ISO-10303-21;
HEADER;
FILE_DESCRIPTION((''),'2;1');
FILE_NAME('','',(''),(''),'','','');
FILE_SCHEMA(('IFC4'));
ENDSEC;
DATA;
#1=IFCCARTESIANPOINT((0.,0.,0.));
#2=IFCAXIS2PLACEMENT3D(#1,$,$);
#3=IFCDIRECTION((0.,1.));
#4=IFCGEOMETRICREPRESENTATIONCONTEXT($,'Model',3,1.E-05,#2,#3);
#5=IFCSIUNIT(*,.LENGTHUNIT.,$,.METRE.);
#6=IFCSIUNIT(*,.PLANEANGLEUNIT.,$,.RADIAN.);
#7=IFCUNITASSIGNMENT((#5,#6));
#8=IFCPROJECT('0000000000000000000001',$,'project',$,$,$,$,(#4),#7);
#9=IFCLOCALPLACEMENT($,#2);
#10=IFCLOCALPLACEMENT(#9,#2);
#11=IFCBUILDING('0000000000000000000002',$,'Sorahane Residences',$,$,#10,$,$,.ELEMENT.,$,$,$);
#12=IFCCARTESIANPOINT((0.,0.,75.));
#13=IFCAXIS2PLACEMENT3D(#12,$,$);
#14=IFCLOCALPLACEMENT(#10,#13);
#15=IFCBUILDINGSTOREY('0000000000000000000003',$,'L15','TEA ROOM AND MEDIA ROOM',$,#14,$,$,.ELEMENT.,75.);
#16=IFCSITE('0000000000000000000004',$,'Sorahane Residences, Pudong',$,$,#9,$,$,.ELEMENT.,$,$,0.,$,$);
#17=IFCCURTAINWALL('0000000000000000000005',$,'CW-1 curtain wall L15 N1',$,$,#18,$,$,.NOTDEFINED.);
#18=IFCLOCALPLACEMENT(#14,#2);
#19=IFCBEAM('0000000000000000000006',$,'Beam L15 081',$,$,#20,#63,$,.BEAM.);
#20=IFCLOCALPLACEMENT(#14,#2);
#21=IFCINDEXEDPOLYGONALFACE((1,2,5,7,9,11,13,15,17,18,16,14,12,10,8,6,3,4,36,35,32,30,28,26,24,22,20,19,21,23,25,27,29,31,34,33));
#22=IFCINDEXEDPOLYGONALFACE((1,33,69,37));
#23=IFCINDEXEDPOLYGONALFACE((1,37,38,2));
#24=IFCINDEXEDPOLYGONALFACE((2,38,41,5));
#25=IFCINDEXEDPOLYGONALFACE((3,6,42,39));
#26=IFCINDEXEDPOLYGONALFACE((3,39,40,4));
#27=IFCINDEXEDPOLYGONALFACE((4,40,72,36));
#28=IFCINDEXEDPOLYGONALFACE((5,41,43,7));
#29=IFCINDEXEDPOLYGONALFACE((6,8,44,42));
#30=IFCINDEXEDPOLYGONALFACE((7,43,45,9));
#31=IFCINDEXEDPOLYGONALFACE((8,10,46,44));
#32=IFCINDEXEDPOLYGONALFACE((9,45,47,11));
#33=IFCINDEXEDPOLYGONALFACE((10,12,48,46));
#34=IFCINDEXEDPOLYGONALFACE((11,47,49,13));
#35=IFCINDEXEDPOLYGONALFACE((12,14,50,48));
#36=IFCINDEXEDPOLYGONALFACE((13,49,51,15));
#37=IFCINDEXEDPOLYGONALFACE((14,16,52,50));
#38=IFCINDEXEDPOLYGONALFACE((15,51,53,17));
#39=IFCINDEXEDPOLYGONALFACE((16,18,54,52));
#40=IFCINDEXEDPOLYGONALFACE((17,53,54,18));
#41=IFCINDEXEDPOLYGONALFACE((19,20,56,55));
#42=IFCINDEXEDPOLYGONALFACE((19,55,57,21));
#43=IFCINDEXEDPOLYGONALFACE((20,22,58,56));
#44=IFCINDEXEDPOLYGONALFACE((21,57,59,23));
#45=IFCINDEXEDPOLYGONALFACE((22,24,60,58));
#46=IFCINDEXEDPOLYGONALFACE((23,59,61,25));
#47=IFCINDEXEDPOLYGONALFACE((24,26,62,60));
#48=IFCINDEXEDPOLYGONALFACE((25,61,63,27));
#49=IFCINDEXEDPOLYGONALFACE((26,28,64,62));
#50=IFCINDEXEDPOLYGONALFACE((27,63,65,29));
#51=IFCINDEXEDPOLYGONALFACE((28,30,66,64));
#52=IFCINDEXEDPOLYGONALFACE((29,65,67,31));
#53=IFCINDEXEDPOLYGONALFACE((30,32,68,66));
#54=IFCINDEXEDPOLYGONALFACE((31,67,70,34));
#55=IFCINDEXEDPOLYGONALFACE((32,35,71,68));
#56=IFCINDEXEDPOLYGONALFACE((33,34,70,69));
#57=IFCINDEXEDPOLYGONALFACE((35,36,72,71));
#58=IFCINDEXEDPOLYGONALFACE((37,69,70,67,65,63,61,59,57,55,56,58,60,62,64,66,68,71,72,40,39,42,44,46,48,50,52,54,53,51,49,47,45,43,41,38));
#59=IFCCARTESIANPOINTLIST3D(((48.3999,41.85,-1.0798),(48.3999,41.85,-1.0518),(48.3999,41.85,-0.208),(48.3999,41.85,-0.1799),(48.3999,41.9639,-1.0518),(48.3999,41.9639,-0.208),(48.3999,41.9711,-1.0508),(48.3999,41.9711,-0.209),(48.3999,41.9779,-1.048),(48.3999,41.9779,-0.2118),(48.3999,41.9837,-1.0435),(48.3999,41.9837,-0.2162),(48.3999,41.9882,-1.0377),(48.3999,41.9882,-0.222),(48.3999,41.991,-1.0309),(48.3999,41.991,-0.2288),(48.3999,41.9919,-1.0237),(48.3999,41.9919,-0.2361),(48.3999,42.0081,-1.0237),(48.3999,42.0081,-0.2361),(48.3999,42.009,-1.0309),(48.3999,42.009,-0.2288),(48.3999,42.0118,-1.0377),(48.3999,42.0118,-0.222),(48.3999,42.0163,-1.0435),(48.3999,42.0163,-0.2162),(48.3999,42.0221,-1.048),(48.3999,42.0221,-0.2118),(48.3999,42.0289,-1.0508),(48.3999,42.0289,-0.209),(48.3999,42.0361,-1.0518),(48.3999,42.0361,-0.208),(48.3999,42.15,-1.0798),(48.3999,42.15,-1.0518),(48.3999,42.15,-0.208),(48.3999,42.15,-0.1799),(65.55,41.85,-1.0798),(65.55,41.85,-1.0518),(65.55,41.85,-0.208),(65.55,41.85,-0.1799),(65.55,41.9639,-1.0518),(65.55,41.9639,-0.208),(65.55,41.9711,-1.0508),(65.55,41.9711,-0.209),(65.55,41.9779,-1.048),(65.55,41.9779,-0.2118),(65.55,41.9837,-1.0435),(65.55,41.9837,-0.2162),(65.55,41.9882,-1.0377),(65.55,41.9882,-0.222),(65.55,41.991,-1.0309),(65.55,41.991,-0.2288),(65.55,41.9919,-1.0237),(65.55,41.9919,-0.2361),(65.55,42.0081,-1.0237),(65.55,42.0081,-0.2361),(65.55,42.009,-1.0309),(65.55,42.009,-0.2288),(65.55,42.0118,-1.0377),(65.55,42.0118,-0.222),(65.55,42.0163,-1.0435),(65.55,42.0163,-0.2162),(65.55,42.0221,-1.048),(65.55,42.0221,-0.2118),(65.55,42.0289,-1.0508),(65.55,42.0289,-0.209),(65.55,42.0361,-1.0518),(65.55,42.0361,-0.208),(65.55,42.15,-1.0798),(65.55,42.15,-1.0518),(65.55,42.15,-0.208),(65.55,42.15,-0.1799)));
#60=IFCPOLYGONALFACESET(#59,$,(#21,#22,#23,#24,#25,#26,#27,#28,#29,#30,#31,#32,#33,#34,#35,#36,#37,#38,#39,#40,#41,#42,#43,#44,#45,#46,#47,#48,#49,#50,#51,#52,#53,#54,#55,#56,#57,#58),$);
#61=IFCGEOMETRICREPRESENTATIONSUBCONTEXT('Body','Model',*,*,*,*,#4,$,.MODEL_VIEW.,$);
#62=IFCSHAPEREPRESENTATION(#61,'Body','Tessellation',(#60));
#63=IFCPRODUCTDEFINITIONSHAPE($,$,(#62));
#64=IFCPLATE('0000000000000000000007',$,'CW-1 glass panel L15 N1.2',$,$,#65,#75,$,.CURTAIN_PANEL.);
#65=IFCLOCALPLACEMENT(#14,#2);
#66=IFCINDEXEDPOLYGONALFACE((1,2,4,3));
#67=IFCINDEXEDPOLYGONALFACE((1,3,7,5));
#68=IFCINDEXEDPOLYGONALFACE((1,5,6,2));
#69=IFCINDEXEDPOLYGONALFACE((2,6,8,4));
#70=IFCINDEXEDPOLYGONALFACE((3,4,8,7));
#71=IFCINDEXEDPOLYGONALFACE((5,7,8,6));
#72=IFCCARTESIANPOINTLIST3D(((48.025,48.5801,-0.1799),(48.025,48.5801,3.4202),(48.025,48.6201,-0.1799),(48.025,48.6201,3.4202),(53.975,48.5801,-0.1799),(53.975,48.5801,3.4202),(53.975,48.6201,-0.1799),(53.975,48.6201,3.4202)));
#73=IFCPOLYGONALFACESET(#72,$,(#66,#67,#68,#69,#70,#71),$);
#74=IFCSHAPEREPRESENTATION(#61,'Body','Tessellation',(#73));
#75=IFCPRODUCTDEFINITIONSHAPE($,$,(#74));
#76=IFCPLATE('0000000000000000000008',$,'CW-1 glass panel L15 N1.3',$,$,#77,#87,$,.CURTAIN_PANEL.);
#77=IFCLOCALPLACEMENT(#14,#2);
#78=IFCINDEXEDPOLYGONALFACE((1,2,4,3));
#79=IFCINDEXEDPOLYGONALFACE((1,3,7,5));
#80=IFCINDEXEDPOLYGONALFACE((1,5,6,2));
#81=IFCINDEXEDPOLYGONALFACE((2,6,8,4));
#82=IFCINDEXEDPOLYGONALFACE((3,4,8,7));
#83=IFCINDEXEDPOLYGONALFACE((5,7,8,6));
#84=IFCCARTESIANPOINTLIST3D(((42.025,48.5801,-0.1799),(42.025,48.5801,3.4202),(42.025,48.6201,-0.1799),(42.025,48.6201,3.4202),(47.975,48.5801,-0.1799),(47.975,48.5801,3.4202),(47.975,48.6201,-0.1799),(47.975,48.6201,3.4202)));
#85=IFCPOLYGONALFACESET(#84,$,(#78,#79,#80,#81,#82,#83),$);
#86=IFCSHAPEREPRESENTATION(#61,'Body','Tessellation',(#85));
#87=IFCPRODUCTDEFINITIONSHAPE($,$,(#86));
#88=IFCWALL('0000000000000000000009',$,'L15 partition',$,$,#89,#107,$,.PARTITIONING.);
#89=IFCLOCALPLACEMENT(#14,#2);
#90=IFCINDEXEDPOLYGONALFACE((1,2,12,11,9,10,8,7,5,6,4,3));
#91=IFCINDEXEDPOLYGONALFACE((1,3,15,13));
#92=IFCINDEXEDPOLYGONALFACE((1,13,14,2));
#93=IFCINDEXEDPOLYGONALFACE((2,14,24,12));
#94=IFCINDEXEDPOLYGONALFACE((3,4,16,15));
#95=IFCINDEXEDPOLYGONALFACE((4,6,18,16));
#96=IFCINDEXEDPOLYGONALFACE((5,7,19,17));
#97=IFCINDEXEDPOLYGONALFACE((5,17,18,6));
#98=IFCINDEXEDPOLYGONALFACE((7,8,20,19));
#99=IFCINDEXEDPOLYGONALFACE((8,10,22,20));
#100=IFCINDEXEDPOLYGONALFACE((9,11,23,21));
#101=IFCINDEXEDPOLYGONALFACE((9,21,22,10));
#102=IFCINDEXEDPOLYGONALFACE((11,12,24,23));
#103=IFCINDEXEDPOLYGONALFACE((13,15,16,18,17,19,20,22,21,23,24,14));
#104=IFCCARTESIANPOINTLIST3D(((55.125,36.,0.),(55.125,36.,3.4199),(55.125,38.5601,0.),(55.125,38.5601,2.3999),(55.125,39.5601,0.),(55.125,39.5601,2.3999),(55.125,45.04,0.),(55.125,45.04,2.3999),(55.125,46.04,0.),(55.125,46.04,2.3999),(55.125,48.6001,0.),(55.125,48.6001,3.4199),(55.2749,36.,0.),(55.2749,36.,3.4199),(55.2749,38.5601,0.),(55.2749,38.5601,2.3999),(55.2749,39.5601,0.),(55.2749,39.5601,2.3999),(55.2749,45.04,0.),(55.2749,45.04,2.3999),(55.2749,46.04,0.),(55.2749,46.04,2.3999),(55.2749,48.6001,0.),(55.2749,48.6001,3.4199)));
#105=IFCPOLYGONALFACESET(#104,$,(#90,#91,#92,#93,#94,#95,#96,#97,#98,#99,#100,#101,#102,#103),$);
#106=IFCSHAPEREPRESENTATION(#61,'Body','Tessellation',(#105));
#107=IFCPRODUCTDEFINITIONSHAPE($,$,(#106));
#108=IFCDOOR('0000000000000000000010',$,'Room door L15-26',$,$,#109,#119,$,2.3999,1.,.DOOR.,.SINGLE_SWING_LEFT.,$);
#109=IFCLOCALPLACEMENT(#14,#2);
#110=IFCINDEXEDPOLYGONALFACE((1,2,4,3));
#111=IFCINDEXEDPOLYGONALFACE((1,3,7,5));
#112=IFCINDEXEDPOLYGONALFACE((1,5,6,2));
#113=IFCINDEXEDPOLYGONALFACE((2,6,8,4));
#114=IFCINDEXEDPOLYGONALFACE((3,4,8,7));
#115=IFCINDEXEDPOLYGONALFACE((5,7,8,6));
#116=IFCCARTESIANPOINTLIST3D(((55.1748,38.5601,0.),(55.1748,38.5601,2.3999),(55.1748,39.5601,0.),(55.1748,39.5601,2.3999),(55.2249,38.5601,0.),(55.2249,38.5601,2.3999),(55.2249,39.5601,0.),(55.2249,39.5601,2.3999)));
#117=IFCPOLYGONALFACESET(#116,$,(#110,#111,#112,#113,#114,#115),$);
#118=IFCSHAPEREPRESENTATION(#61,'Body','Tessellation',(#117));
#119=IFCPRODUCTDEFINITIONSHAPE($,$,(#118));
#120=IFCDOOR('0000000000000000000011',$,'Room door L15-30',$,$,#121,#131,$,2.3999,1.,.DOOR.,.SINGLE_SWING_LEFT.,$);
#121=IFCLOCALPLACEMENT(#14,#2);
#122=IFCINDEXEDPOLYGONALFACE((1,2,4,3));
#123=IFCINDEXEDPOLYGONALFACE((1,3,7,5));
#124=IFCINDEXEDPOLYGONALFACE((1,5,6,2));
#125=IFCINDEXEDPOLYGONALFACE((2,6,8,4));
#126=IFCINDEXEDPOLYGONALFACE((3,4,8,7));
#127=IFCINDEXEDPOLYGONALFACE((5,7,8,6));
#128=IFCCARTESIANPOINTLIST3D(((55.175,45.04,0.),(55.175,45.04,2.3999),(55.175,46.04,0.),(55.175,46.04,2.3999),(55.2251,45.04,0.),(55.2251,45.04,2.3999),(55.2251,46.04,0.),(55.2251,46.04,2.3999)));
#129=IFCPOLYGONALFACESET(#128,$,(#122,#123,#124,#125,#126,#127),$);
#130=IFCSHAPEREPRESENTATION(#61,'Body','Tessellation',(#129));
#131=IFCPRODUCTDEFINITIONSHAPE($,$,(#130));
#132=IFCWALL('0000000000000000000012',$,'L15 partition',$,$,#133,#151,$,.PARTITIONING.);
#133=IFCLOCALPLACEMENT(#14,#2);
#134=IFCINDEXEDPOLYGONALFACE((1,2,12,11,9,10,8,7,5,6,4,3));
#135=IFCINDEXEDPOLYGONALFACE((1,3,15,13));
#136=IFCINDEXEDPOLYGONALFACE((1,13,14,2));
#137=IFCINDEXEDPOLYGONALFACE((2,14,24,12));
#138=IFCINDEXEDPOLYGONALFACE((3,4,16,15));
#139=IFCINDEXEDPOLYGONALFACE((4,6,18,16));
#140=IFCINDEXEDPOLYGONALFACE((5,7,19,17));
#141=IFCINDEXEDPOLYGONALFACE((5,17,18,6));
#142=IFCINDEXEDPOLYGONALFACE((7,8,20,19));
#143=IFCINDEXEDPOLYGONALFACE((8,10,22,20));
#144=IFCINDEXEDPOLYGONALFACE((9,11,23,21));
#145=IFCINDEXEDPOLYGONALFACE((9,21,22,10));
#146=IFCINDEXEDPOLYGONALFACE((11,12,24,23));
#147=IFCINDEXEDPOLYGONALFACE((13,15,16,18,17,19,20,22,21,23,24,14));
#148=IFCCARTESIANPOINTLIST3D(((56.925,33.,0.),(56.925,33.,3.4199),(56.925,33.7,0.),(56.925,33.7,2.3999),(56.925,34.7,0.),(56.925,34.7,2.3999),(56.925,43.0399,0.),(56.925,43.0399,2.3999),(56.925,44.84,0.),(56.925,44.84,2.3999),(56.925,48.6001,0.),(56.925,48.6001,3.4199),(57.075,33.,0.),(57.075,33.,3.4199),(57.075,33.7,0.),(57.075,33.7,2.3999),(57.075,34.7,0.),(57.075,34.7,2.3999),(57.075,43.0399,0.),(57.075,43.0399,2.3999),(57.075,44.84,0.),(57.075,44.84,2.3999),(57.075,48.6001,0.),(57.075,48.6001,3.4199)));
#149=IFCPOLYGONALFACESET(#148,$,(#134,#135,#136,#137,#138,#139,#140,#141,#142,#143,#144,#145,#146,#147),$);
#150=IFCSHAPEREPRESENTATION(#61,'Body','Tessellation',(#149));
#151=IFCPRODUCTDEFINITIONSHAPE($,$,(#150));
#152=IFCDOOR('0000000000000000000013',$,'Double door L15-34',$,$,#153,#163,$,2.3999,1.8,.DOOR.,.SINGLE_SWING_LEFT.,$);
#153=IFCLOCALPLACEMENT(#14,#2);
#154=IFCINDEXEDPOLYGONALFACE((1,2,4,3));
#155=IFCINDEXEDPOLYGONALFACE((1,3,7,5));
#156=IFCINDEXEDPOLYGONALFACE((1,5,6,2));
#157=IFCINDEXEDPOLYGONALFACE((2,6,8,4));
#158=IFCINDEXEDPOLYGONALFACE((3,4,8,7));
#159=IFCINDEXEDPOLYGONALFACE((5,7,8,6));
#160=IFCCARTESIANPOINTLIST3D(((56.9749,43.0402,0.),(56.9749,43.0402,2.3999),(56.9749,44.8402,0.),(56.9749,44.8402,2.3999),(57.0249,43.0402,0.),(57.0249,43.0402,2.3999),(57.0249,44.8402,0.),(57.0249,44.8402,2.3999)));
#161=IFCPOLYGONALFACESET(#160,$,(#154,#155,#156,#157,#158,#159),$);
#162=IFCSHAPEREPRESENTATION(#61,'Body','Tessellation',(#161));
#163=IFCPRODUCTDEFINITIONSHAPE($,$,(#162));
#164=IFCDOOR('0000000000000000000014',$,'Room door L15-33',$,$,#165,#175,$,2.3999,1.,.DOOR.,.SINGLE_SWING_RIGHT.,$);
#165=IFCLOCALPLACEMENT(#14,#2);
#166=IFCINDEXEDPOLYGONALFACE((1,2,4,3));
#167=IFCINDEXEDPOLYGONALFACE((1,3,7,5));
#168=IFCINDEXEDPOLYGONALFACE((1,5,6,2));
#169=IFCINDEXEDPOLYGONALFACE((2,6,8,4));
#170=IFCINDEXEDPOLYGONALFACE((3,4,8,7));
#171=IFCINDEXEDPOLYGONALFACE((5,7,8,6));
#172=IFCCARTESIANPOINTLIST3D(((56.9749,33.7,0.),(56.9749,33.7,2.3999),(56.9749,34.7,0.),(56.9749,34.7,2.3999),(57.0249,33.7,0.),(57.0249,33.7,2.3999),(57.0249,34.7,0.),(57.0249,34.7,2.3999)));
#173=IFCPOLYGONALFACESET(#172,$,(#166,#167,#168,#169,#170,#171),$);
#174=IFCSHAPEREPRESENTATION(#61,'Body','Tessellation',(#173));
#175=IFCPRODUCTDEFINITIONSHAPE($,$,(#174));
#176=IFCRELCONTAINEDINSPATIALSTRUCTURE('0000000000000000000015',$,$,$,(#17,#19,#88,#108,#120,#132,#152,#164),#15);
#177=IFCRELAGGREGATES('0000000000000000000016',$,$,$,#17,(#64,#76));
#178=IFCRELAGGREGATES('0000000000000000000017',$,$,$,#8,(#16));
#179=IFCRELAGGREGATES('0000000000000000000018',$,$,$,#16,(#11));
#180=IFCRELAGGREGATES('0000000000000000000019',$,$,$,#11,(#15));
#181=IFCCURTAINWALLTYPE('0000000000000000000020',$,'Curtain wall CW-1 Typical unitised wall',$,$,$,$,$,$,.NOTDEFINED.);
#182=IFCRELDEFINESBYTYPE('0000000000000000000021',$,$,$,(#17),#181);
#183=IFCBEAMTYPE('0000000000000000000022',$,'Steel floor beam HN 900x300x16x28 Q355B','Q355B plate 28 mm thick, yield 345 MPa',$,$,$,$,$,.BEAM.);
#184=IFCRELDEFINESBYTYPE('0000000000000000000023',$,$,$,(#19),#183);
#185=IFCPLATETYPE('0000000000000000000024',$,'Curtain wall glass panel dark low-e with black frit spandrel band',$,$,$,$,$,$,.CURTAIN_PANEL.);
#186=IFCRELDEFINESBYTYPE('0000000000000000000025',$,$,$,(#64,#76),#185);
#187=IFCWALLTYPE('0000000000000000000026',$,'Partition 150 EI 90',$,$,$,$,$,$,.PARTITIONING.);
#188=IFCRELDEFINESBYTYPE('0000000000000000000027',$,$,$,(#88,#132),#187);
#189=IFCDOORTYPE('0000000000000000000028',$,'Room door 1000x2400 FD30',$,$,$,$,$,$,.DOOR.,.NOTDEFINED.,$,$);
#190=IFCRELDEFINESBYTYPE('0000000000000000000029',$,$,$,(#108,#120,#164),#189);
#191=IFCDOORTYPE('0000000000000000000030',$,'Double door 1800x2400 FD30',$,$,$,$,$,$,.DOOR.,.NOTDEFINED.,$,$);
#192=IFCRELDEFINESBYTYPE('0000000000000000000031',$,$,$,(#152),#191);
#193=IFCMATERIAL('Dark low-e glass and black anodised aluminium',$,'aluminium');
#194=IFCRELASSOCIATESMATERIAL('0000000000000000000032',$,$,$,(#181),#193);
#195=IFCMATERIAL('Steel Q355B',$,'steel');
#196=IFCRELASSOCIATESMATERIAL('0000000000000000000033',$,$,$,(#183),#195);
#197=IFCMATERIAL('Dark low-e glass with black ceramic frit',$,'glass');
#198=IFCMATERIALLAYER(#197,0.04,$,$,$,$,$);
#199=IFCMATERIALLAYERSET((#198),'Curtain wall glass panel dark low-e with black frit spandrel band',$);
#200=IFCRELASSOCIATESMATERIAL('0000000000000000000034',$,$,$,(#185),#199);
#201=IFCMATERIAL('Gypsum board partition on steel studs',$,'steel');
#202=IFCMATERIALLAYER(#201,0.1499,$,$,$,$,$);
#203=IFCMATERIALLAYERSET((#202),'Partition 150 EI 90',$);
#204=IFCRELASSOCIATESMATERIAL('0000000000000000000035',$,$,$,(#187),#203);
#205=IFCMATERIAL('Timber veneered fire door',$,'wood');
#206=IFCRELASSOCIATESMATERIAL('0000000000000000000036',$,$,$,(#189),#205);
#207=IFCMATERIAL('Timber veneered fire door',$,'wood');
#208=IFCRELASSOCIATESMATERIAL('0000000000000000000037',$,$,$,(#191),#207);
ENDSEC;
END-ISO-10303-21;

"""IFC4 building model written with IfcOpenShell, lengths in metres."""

from ifc_helpers import new_model, si_unit, direction, frame, frame_2d, origin, origin_2d, place, context, subcontext, project, spatial, rectangle, i_section, extrude, material, layer, layer_set, material_profile, profile_set, type_object, element, fill, aggregate, save


model = new_model("IFC4")

# Units and contexts
model_context = context("Model", 3, precision=1e-05, world=origin(), true_north=direction((0.0, 1.0)))
body_context = subcontext(model_context, "Body", "Model", "MODEL_VIEW")
ifc_project = project(units=[si_unit("LENGTHUNIT", "METRE"), si_unit("PLANEANGLEUNIT", "RADIAN")], contexts=[model_context])

# Site, building, storey
site_placement = place(None, origin())
site = spatial("IfcSite", under=ifc_project, at=site_placement, Name="Sorahane Residences, Pudong", CompositionType="ELEMENT", RefElevation=0.0)
building_placement = place(site_placement, origin())
building = spatial("IfcBuilding", under=site, at=building_placement, Name="Sorahane Residences", CompositionType="ELEMENT")
storey_placement = place(building_placement, frame((0.0, 0.0, 75.0)))
storey = spatial("IfcBuildingStorey", under=building, at=storey_placement, Name="L15", Description="TEA ROOM AND MEDIA ROOM", CompositionType="ELEMENT", Elevation=75.0)

# Curtain wall
ifc_material_1 = material(Name="Dark low-e glass and black anodised aluminium", Category="aluminium")
curtain_wall_type = type_object("IfcCurtainWallType", Name="Curtain wall CW-1 Typical unitised wall", PredefinedType="NOTDEFINED", material=ifc_material_1)
curtain_wall_placement = place(storey_placement, origin())
curtain_wall = element("IfcCurtainWall", 1, at=curtain_wall_placement, inside=storey, type_object=curtain_wall_type, Name="CW-1 curtain wall L15 N1", PredefinedType="NOTDEFINED")

# Beam
ifc_material_2 = material(Name="Steel Q355B", Category="steel")
ifc_material_profile_1 = material_profile(ifc_material_2, i_section(OverallWidth=0.3, OverallDepth=0.8999, WebThickness=0.0161, FlangeThickness=0.0281, FilletRadius=0.0281, at=origin_2d()), Name="HN 900x300x16x28")
ifc_profile_set_1 = profile_set([ifc_material_profile_1], Name="Steel Q355B")
beam_type_1 = type_object("IfcBeamType", Name="Steel floor beam HN 900x300x16x28 Q355B", Description="Q355B plate 28 mm thick, yield 345 MPa", PredefinedType="BEAM", material=ifc_profile_set_1)
beam_1_placement = place(storey_placement, frame((48.3999, 42.0, -0.6299), z_axis=(1.0, 0.0, 0.0), x_axis=(0.0, 1.0, 0.0)))
element("IfcBeam", 2, at=beam_1_placement, inside=storey, type_object=beam_type_1, Name="Beam L15 081", PredefinedType="BEAM", context=body_context, shape_type="SweptSolid", body=[
    extrude(i_section(OverallWidth=0.3, OverallDepth=0.8999, WebThickness=0.0161, FlangeThickness=0.0281, FilletRadius=0.0281, at=origin_2d()), origin(), (0.0, 0.0, 1.0), 17.1501),
])

# Plates
ifc_material_3 = material(Name="Dark low-e glass with black ceramic frit", Category="glass")
ifc_layer_1 = layer(ifc_material_3, 0.04)
ifc_layer_set_1 = layer_set([ifc_layer_1], Name="Curtain wall glass panel dark low-e with black frit spandrel band")
plate_type = type_object("IfcPlateType", Name="Curtain wall glass panel dark low-e with black frit spandrel band", PredefinedType="CURTAIN_PANEL", material=ifc_layer_set_1)
plate_1_placement = place(storey_placement, frame((51.0, 48.6001, -0.1799), z_axis=(0.0, 0.0, 1.0), x_axis=(-1.0, 0.0, 0.0)))
plate_1 = element("IfcPlate", 3, at=plate_1_placement, type_object=plate_type, Name="CW-1 glass panel L15 N1.2", PredefinedType="CURTAIN_PANEL", context=body_context, shape_type="SweptSolid", body=[
    extrude(rectangle(XDim=5.95, YDim=0.04, at=origin_2d()), origin(), (0.0, 0.0, 1.0), 3.6001),
])
plate_2_placement = place(storey_placement, frame((45.0, 48.6001, -0.1799), z_axis=(0.0, 0.0, 1.0), x_axis=(-1.0, 0.0, 0.0)))
plate_2 = element("IfcPlate", 4, at=plate_2_placement, type_object=plate_type, Name="CW-1 glass panel L15 N1.3", PredefinedType="CURTAIN_PANEL", context=body_context, shape_type="SweptSolid", body=[
    extrude(rectangle(XDim=5.95, YDim=0.04, at=origin_2d()), origin(), (0.0, 0.0, 1.0), 3.6001),
])
aggregate(curtain_wall, [plate_1, plate_2])

# Walls, openings, doors
ifc_material_4 = material(Name="Gypsum board partition on steel studs", Category="steel")
ifc_layer_2 = layer(ifc_material_4, 0.1499)
ifc_layer_set_2 = layer_set([ifc_layer_2], Name="Partition 150 EI 90")
wall_type_1 = type_object("IfcWallType", Name="Partition 150 EI 90", PredefinedType="PARTITIONING", material=ifc_layer_set_2)
wall_1_placement = place(storey_placement, frame((55.2, 36.0, 0.0), z_axis=(0.0, 0.0, 1.0), x_axis=(0.0, 1.0, 0.0)))
wall_1 = element("IfcWall", 5, at=wall_1_placement, inside=storey, type_object=wall_type_1, Name="L15 partition", PredefinedType="PARTITIONING", context=body_context, shape_type="SweptSolid", body=[
    extrude(rectangle(XDim=12.6001, YDim=0.1499, at=frame_2d((6.3, 0.0))), origin(), (0.0, 0.0, 1.0), 3.4199),
])
opening_1_placement = place(wall_1_placement, frame((2.5601, 0.0, 0.0)))
opening_1 = element("IfcOpeningElement", 6, at=opening_1_placement, cuts=wall_1, PredefinedType="OPENING", context=body_context, shape_type="SweptSolid", body=[
    extrude(rectangle(XDim=1.0, YDim=2.3999, at=frame_2d((0.5, 1.2))), frame((0.0, 0.085, 0.0), z_axis=(0.0, -1.0, 0.0), x_axis=(1.0, 0.0, 0.0)), (0.0, 0.0, 1.0), 0.1699),
])
opening_2_placement = place(wall_1_placement, frame((9.04, 0.0, 0.0)))
opening_2 = element("IfcOpeningElement", 7, at=opening_2_placement, cuts=wall_1, PredefinedType="OPENING", context=body_context, shape_type="SweptSolid", body=[
    extrude(rectangle(XDim=1.0, YDim=2.3999, at=frame_2d((0.5, 1.2))), frame((0.0, 0.085, 0.0), z_axis=(0.0, -1.0, 0.0), x_axis=(1.0, 0.0, 0.0)), (0.0, 0.0, 1.0), 0.1699),
])
ifc_material_5 = material(Name="Timber veneered fire door", Category="wood")
door_type_1 = type_object("IfcDoorType", Name="Room door 1000x2400 FD30", OperationType="NOTDEFINED", PredefinedType="DOOR", material=ifc_material_5)
door_1_placement = place(opening_1_placement, frame((1.0, 0.0, 0.0), z_axis=(0.0, 0.0, 1.0), x_axis=(-1.0, 0.0, 0.0)))
door_1 = element("IfcDoor", 8, at=door_1_placement, inside=storey, type_object=door_type_1, Name="Room door L15-26", OperationType="SINGLE_SWING_LEFT", OverallHeight=2.3999, OverallWidth=1.0, PredefinedType="DOOR", context=body_context, shape_type="SweptSolid", body=[
    extrude(rectangle(XDim=1.0, YDim=2.3999, at=frame_2d((0.5, 1.2))), frame((0.0, 0.0249, 0.0), z_axis=(0.0, -1.0, 0.0), x_axis=(1.0, 0.0, 0.0)), (0.0, 0.0, 1.0), 0.05),
])
fill(opening_1, door_1)
door_2_placement = place(opening_2_placement, origin())
door_2 = element("IfcDoor", 9, at=door_2_placement, inside=storey, type_object=door_type_1, Name="Room door L15-30", OperationType="SINGLE_SWING_LEFT", OverallHeight=2.3999, OverallWidth=1.0, PredefinedType="DOOR", context=body_context, shape_type="SweptSolid", body=[
    extrude(rectangle(XDim=1.0, YDim=2.3999, at=frame_2d((0.5, 1.2))), frame((0.0, 0.0249, 0.0), z_axis=(0.0, -1.0, 0.0), x_axis=(1.0, 0.0, 0.0)), (0.0, 0.0, 1.0), 0.05),
])
fill(opening_2, door_2)
wall_2_placement = place(storey_placement, frame((57.0, 33.0, 0.0), z_axis=(0.0, 0.0, 1.0), x_axis=(0.0, 1.0, 0.0)))
wall_2 = element("IfcWall", 10, at=wall_2_placement, inside=storey, type_object=wall_type_1, Name="L15 partition", PredefinedType="PARTITIONING", context=body_context, shape_type="SweptSolid", body=[
    extrude(rectangle(XDim=15.6001, YDim=0.1499, at=frame_2d((7.8, 0.0))), origin(), (0.0, 0.0, 1.0), 3.4199),
])
opening_3_placement = place(wall_2_placement, frame((0.7, 0.0, 0.0)))
opening_3 = element("IfcOpeningElement", 11, at=opening_3_placement, cuts=wall_2, PredefinedType="OPENING", context=body_context, shape_type="SweptSolid", body=[
    extrude(rectangle(XDim=1.0, YDim=2.3999, at=frame_2d((0.5, 1.2))), frame((0.0, 0.085, 0.0), z_axis=(0.0, -1.0, 0.0), x_axis=(1.0, 0.0, 0.0)), (0.0, 0.0, 1.0), 0.1699),
])
opening_4_placement = place(wall_2_placement, frame((10.04, 0.0, 0.0)))
opening_4 = element("IfcOpeningElement", 12, at=opening_4_placement, cuts=wall_2, PredefinedType="OPENING", context=body_context, shape_type="SweptSolid", body=[
    extrude(rectangle(XDim=1.8, YDim=2.3999, at=frame_2d((0.8999, 1.2))), frame((0.0, 0.085, 0.0), z_axis=(0.0, -1.0, 0.0), x_axis=(1.0, 0.0, 0.0)), (0.0, 0.0, 1.0), 0.1699),
])
ifc_material_6 = material(Name="Timber veneered fire door", Category="wood")
door_type_2 = type_object("IfcDoorType", Name="Double door 1800x2400 FD30", OperationType="NOTDEFINED", PredefinedType="DOOR", material=ifc_material_6)
door_3_placement = place(opening_4_placement, frame((1.8, 0.0, 0.0), z_axis=(0.0, 0.0, 1.0), x_axis=(-1.0, 0.0, 0.0)))
door_3 = element("IfcDoor", 13, at=door_3_placement, inside=storey, type_object=door_type_2, Name="Double door L15-34", OperationType="SINGLE_SWING_LEFT", OverallHeight=2.3999, OverallWidth=1.8, PredefinedType="DOOR", context=body_context, shape_type="SweptSolid", body=[
    extrude(rectangle(XDim=1.8, YDim=2.3999, at=frame_2d((0.8999, 1.2))), frame((0.0, 0.0249, 0.0), z_axis=(0.0, -1.0, 0.0), x_axis=(1.0, 0.0, 0.0)), (0.0, 0.0, 1.0), 0.05),
])
fill(opening_4, door_3)
door_4_placement = place(opening_3_placement, frame((1.0, 0.0, 0.0), z_axis=(0.0, 0.0, 1.0), x_axis=(-1.0, 0.0, 0.0)))
door_4 = element("IfcDoor", 14, at=door_4_placement, inside=storey, type_object=door_type_1, Name="Room door L15-33", OperationType="SINGLE_SWING_RIGHT", OverallHeight=2.3999, OverallWidth=1.0, PredefinedType="DOOR", context=body_context, shape_type="SweptSolid", body=[
    extrude(rectangle(XDim=1.0, YDim=2.3999, at=frame_2d((0.5, 1.2))), frame((0.0, 0.0249, 0.0), z_axis=(0.0, -1.0, 0.0), x_axis=(1.0, 0.0, 0.0)), (0.0, 0.0, 1.0), 0.05),
])
fill(opening_3, door_4)

save(model, "model.ifc")
